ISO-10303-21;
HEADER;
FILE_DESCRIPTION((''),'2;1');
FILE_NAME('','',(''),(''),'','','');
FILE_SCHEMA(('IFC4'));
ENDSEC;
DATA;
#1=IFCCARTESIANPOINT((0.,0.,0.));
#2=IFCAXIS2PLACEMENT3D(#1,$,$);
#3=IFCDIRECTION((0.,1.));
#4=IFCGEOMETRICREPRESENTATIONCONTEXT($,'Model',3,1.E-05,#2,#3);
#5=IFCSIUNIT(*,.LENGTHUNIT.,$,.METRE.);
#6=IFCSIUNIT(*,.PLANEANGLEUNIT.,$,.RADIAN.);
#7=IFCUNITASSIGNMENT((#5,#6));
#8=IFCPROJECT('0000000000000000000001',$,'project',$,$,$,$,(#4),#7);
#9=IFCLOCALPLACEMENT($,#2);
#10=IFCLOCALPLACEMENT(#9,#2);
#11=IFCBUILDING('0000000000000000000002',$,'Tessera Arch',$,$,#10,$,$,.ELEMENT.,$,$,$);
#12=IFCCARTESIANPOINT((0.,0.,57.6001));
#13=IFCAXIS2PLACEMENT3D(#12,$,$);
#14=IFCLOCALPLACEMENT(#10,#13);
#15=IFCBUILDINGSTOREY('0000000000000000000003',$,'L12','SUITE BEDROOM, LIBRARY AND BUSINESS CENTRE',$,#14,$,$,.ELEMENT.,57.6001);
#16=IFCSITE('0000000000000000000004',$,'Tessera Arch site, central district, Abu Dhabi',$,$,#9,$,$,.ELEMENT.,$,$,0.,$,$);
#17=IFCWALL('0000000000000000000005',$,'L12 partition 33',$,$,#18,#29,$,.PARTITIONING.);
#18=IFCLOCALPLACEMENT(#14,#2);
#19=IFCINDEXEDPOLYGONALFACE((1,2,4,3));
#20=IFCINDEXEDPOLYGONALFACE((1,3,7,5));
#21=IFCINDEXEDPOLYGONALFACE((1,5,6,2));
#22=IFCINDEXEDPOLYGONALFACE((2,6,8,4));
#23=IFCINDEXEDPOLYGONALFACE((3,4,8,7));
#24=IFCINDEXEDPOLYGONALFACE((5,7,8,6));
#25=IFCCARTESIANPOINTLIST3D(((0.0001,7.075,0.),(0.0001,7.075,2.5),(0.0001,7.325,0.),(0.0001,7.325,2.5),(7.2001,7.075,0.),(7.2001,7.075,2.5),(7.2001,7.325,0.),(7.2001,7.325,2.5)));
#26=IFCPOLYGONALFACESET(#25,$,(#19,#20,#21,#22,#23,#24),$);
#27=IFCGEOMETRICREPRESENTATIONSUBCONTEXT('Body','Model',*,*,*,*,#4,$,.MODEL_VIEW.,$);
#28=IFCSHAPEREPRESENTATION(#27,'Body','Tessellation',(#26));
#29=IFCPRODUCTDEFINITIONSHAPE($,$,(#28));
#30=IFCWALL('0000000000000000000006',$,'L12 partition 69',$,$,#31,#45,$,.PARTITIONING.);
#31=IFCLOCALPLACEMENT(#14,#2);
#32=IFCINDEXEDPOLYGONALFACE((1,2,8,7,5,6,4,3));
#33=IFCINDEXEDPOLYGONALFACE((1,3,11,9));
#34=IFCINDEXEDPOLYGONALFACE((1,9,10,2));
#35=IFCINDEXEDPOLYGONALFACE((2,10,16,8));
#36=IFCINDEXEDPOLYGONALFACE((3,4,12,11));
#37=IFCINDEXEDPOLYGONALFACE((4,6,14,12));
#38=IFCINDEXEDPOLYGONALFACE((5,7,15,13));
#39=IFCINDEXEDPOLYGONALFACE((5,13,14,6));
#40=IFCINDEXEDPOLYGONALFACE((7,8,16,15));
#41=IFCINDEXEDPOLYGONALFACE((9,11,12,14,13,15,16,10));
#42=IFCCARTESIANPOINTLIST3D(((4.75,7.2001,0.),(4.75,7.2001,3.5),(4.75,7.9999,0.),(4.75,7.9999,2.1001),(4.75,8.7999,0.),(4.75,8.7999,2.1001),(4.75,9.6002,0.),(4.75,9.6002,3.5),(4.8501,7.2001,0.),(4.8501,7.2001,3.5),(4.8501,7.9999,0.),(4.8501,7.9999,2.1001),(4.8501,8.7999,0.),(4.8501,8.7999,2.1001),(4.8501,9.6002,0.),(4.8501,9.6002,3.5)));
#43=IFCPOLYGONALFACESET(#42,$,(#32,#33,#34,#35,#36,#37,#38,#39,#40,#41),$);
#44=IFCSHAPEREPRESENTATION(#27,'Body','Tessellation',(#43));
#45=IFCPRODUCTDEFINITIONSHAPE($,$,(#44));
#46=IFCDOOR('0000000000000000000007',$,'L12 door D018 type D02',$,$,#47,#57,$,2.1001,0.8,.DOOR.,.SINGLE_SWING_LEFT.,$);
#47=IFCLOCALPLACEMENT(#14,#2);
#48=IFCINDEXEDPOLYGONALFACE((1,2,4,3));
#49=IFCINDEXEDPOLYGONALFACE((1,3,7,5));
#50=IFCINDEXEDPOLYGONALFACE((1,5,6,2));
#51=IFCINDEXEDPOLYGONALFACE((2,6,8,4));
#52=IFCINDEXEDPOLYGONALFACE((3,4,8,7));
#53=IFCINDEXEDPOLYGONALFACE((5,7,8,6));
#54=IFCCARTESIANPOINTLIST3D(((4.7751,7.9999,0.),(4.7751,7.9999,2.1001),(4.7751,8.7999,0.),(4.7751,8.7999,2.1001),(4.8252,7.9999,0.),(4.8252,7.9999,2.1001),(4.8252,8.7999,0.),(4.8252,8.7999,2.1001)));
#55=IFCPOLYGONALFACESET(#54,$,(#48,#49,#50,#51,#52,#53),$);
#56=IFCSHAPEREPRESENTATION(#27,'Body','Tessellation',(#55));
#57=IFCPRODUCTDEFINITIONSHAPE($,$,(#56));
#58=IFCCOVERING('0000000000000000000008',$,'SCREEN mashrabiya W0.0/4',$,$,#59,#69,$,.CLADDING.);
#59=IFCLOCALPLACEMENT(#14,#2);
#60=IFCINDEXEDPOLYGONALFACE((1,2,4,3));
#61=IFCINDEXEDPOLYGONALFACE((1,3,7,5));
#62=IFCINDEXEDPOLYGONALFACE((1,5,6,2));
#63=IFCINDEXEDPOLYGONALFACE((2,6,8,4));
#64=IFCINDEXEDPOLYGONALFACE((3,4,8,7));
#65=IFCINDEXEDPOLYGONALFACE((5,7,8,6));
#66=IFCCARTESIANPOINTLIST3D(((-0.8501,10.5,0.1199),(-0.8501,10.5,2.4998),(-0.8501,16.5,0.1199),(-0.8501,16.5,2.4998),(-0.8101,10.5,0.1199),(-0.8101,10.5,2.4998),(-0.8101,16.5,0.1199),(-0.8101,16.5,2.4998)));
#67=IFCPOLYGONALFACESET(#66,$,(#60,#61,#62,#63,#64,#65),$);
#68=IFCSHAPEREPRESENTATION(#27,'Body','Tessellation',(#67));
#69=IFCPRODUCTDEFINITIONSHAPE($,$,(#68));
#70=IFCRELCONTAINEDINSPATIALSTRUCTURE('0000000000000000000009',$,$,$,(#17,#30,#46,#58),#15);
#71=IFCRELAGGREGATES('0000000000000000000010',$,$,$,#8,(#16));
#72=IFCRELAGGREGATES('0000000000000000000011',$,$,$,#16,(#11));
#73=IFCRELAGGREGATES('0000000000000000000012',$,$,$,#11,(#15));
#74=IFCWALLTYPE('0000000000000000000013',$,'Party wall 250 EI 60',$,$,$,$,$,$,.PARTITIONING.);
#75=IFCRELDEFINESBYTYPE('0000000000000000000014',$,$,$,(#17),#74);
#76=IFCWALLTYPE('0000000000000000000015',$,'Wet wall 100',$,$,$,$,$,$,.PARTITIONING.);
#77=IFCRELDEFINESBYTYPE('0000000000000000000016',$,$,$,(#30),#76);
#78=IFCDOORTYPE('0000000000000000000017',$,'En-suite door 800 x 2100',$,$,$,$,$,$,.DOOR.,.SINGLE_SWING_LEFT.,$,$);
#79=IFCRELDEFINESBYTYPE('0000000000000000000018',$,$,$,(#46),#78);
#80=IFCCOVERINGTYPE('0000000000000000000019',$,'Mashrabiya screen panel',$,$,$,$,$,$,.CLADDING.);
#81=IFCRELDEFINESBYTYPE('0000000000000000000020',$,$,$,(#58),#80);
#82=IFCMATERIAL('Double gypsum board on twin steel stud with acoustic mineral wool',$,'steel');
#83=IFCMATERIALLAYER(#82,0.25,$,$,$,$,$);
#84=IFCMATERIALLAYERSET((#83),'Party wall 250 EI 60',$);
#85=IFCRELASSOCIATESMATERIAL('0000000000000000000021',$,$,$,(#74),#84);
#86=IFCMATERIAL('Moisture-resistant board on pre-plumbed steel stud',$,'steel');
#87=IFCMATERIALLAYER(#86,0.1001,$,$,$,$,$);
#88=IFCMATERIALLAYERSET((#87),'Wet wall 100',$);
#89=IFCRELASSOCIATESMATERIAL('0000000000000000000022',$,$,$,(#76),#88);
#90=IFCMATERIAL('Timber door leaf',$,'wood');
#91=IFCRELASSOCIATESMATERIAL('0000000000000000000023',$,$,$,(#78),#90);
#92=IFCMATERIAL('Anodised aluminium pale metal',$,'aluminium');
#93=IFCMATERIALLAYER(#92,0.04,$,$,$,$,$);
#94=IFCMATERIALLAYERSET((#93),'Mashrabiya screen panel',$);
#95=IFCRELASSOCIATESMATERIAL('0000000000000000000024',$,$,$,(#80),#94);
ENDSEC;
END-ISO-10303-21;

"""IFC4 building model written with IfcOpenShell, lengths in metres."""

from ifc_helpers import new_model, si_unit, direction, frame, frame_2d, origin, origin_2d, place, context, subcontext, project, spatial, rectangle, extrude, material, layer, layer_set, type_object, element, fill, save


model = new_model("IFC4")

# Units and contexts
model_context = context("Model", 3, precision=1e-05, world=origin(), true_north=direction((0.0, 1.0)))
body_context = subcontext(model_context, "Body", "Model", "MODEL_VIEW")
ifc_project = project(units=[si_unit("LENGTHUNIT", "METRE"), si_unit("PLANEANGLEUNIT", "RADIAN")], contexts=[model_context])

# Site, building, storey
site_placement = place(None, origin())
site = spatial("IfcSite", under=ifc_project, at=site_placement, Name="Tessera Arch site, central district, Abu Dhabi", CompositionType="ELEMENT", RefElevation=0.0)
building_placement = place(site_placement, origin())
building = spatial("IfcBuilding", under=site, at=building_placement, Name="Tessera Arch", CompositionType="ELEMENT")
storey_placement = place(building_placement, frame((0.0, 0.0, 57.6001)))
storey = spatial("IfcBuildingStorey", under=building, at=storey_placement, Name="L12", Description="SUITE BEDROOM, LIBRARY AND BUSINESS CENTRE", CompositionType="ELEMENT", Elevation=57.6001)

# Wall
ifc_material_1 = material(Name="Double gypsum board on twin steel stud with acoustic mineral wool", Category="steel")
ifc_layer_1 = layer(ifc_material_1, 0.25)
ifc_layer_set_1 = layer_set([ifc_layer_1], Name="Party wall 250 EI 60")
wall_type_1 = type_object("IfcWallType", Name="Party wall 250 EI 60", PredefinedType="PARTITIONING", material=ifc_layer_set_1)
wall_1_placement = place(storey_placement, frame((0.0, 7.2, 0.0), z_axis=(0.0, 0.0, 1.0), x_axis=(1.0, 0.0, 0.0)))
element("IfcWall", 1, at=wall_1_placement, inside=storey, type_object=wall_type_1, Name="L12 partition 33", PredefinedType="PARTITIONING", context=body_context, shape_type="SweptSolid", body=[
    extrude(rectangle(XDim=7.2, YDim=0.25, at=frame_2d((3.6001, 0.0))), origin(), (0.0, 0.0, 1.0), 2.5),
])

# Wall, opening, door
ifc_material_2 = material(Name="Moisture-resistant board on pre-plumbed steel stud", Category="steel")
ifc_layer_2 = layer(ifc_material_2, 0.1001)
ifc_layer_set_2 = layer_set([ifc_layer_2], Name="Wet wall 100")
wall_type_2 = type_object("IfcWallType", Name="Wet wall 100", PredefinedType="PARTITIONING", material=ifc_layer_set_2)
wall_2_placement = place(storey_placement, frame((4.8, 7.2, 0.0), z_axis=(0.0, 0.0, 1.0), x_axis=(0.0, 1.0, 0.0)))
wall_2 = element("IfcWall", 2, at=wall_2_placement, inside=storey, type_object=wall_type_2, Name="L12 partition 69", PredefinedType="PARTITIONING", context=body_context, shape_type="SweptSolid", body=[
    extrude(rectangle(XDim=2.4001, YDim=0.1001, at=frame_2d((1.2002, 0.0))), origin(), (0.0, 0.0, 1.0), 3.5),
])
opening_1_placement = place(wall_2_placement, frame((0.8, 0.0, 0.0)))
opening_1 = element("IfcOpeningElement", 3, at=opening_1_placement, cuts=wall_2, PredefinedType="OPENING", context=body_context, shape_type="SweptSolid", body=[
    extrude(rectangle(XDim=0.8, YDim=2.1001, at=frame_2d((0.3999, 1.05))), frame((0.0, 0.0601, 0.0), z_axis=(0.0, -1.0, 0.0), x_axis=(1.0, 0.0, 0.0)), (0.0, 0.0, 1.0), 0.1201),
])
ifc_material_3 = material(Name="Timber door leaf", Category="wood")
door_type_1 = type_object("IfcDoorType", Name="En-suite door 800 x 2100", OperationType="SINGLE_SWING_LEFT", PredefinedType="DOOR", material=ifc_material_3)
door_1_placement = place(opening_1_placement, origin())
door_1 = element("IfcDoor", 4, at=door_1_placement, inside=storey, type_object=door_type_1, Name="L12 door D018 type D02", OperationType="SINGLE_SWING_LEFT", OverallHeight=2.1001, OverallWidth=0.8, PredefinedType="DOOR", context=body_context, shape_type="SweptSolid", body=[
    extrude(rectangle(XDim=0.8, YDim=2.1001, at=frame_2d((0.3999, 1.05))), frame((0.0, 0.0249, 0.0), z_axis=(0.0, -1.0, 0.0), x_axis=(1.0, 0.0, 0.0)), (0.0, 0.0, 1.0), 0.05),
])
fill(opening_1, door_1)

# Covering
ifc_material_4 = material(Name="Anodised aluminium pale metal", Category="aluminium")
ifc_layer_3 = layer(ifc_material_4, 0.04)
ifc_layer_set_3 = layer_set([ifc_layer_3], Name="Mashrabiya screen panel")
covering_type = type_object("IfcCoveringType", Name="Mashrabiya screen panel", PredefinedType="CLADDING", material=ifc_layer_set_3)
covering_placement = place(storey_placement, frame((-0.8301, 13.5, 0.1199), z_axis=(0.0, 0.0, 1.0), x_axis=(0.0, -1.0, 0.0)))
element("IfcCovering", 5, at=covering_placement, inside=storey, type_object=covering_type, Name="SCREEN mashrabiya W0.0/4", PredefinedType="CLADDING", context=body_context, shape_type="SweptSolid", body=[
    extrude(rectangle(XDim=6.0, YDim=0.04, at=origin_2d()), origin(), (0.0, 0.0, 1.0), 2.3799),
])

save(model, "model.ifc")
